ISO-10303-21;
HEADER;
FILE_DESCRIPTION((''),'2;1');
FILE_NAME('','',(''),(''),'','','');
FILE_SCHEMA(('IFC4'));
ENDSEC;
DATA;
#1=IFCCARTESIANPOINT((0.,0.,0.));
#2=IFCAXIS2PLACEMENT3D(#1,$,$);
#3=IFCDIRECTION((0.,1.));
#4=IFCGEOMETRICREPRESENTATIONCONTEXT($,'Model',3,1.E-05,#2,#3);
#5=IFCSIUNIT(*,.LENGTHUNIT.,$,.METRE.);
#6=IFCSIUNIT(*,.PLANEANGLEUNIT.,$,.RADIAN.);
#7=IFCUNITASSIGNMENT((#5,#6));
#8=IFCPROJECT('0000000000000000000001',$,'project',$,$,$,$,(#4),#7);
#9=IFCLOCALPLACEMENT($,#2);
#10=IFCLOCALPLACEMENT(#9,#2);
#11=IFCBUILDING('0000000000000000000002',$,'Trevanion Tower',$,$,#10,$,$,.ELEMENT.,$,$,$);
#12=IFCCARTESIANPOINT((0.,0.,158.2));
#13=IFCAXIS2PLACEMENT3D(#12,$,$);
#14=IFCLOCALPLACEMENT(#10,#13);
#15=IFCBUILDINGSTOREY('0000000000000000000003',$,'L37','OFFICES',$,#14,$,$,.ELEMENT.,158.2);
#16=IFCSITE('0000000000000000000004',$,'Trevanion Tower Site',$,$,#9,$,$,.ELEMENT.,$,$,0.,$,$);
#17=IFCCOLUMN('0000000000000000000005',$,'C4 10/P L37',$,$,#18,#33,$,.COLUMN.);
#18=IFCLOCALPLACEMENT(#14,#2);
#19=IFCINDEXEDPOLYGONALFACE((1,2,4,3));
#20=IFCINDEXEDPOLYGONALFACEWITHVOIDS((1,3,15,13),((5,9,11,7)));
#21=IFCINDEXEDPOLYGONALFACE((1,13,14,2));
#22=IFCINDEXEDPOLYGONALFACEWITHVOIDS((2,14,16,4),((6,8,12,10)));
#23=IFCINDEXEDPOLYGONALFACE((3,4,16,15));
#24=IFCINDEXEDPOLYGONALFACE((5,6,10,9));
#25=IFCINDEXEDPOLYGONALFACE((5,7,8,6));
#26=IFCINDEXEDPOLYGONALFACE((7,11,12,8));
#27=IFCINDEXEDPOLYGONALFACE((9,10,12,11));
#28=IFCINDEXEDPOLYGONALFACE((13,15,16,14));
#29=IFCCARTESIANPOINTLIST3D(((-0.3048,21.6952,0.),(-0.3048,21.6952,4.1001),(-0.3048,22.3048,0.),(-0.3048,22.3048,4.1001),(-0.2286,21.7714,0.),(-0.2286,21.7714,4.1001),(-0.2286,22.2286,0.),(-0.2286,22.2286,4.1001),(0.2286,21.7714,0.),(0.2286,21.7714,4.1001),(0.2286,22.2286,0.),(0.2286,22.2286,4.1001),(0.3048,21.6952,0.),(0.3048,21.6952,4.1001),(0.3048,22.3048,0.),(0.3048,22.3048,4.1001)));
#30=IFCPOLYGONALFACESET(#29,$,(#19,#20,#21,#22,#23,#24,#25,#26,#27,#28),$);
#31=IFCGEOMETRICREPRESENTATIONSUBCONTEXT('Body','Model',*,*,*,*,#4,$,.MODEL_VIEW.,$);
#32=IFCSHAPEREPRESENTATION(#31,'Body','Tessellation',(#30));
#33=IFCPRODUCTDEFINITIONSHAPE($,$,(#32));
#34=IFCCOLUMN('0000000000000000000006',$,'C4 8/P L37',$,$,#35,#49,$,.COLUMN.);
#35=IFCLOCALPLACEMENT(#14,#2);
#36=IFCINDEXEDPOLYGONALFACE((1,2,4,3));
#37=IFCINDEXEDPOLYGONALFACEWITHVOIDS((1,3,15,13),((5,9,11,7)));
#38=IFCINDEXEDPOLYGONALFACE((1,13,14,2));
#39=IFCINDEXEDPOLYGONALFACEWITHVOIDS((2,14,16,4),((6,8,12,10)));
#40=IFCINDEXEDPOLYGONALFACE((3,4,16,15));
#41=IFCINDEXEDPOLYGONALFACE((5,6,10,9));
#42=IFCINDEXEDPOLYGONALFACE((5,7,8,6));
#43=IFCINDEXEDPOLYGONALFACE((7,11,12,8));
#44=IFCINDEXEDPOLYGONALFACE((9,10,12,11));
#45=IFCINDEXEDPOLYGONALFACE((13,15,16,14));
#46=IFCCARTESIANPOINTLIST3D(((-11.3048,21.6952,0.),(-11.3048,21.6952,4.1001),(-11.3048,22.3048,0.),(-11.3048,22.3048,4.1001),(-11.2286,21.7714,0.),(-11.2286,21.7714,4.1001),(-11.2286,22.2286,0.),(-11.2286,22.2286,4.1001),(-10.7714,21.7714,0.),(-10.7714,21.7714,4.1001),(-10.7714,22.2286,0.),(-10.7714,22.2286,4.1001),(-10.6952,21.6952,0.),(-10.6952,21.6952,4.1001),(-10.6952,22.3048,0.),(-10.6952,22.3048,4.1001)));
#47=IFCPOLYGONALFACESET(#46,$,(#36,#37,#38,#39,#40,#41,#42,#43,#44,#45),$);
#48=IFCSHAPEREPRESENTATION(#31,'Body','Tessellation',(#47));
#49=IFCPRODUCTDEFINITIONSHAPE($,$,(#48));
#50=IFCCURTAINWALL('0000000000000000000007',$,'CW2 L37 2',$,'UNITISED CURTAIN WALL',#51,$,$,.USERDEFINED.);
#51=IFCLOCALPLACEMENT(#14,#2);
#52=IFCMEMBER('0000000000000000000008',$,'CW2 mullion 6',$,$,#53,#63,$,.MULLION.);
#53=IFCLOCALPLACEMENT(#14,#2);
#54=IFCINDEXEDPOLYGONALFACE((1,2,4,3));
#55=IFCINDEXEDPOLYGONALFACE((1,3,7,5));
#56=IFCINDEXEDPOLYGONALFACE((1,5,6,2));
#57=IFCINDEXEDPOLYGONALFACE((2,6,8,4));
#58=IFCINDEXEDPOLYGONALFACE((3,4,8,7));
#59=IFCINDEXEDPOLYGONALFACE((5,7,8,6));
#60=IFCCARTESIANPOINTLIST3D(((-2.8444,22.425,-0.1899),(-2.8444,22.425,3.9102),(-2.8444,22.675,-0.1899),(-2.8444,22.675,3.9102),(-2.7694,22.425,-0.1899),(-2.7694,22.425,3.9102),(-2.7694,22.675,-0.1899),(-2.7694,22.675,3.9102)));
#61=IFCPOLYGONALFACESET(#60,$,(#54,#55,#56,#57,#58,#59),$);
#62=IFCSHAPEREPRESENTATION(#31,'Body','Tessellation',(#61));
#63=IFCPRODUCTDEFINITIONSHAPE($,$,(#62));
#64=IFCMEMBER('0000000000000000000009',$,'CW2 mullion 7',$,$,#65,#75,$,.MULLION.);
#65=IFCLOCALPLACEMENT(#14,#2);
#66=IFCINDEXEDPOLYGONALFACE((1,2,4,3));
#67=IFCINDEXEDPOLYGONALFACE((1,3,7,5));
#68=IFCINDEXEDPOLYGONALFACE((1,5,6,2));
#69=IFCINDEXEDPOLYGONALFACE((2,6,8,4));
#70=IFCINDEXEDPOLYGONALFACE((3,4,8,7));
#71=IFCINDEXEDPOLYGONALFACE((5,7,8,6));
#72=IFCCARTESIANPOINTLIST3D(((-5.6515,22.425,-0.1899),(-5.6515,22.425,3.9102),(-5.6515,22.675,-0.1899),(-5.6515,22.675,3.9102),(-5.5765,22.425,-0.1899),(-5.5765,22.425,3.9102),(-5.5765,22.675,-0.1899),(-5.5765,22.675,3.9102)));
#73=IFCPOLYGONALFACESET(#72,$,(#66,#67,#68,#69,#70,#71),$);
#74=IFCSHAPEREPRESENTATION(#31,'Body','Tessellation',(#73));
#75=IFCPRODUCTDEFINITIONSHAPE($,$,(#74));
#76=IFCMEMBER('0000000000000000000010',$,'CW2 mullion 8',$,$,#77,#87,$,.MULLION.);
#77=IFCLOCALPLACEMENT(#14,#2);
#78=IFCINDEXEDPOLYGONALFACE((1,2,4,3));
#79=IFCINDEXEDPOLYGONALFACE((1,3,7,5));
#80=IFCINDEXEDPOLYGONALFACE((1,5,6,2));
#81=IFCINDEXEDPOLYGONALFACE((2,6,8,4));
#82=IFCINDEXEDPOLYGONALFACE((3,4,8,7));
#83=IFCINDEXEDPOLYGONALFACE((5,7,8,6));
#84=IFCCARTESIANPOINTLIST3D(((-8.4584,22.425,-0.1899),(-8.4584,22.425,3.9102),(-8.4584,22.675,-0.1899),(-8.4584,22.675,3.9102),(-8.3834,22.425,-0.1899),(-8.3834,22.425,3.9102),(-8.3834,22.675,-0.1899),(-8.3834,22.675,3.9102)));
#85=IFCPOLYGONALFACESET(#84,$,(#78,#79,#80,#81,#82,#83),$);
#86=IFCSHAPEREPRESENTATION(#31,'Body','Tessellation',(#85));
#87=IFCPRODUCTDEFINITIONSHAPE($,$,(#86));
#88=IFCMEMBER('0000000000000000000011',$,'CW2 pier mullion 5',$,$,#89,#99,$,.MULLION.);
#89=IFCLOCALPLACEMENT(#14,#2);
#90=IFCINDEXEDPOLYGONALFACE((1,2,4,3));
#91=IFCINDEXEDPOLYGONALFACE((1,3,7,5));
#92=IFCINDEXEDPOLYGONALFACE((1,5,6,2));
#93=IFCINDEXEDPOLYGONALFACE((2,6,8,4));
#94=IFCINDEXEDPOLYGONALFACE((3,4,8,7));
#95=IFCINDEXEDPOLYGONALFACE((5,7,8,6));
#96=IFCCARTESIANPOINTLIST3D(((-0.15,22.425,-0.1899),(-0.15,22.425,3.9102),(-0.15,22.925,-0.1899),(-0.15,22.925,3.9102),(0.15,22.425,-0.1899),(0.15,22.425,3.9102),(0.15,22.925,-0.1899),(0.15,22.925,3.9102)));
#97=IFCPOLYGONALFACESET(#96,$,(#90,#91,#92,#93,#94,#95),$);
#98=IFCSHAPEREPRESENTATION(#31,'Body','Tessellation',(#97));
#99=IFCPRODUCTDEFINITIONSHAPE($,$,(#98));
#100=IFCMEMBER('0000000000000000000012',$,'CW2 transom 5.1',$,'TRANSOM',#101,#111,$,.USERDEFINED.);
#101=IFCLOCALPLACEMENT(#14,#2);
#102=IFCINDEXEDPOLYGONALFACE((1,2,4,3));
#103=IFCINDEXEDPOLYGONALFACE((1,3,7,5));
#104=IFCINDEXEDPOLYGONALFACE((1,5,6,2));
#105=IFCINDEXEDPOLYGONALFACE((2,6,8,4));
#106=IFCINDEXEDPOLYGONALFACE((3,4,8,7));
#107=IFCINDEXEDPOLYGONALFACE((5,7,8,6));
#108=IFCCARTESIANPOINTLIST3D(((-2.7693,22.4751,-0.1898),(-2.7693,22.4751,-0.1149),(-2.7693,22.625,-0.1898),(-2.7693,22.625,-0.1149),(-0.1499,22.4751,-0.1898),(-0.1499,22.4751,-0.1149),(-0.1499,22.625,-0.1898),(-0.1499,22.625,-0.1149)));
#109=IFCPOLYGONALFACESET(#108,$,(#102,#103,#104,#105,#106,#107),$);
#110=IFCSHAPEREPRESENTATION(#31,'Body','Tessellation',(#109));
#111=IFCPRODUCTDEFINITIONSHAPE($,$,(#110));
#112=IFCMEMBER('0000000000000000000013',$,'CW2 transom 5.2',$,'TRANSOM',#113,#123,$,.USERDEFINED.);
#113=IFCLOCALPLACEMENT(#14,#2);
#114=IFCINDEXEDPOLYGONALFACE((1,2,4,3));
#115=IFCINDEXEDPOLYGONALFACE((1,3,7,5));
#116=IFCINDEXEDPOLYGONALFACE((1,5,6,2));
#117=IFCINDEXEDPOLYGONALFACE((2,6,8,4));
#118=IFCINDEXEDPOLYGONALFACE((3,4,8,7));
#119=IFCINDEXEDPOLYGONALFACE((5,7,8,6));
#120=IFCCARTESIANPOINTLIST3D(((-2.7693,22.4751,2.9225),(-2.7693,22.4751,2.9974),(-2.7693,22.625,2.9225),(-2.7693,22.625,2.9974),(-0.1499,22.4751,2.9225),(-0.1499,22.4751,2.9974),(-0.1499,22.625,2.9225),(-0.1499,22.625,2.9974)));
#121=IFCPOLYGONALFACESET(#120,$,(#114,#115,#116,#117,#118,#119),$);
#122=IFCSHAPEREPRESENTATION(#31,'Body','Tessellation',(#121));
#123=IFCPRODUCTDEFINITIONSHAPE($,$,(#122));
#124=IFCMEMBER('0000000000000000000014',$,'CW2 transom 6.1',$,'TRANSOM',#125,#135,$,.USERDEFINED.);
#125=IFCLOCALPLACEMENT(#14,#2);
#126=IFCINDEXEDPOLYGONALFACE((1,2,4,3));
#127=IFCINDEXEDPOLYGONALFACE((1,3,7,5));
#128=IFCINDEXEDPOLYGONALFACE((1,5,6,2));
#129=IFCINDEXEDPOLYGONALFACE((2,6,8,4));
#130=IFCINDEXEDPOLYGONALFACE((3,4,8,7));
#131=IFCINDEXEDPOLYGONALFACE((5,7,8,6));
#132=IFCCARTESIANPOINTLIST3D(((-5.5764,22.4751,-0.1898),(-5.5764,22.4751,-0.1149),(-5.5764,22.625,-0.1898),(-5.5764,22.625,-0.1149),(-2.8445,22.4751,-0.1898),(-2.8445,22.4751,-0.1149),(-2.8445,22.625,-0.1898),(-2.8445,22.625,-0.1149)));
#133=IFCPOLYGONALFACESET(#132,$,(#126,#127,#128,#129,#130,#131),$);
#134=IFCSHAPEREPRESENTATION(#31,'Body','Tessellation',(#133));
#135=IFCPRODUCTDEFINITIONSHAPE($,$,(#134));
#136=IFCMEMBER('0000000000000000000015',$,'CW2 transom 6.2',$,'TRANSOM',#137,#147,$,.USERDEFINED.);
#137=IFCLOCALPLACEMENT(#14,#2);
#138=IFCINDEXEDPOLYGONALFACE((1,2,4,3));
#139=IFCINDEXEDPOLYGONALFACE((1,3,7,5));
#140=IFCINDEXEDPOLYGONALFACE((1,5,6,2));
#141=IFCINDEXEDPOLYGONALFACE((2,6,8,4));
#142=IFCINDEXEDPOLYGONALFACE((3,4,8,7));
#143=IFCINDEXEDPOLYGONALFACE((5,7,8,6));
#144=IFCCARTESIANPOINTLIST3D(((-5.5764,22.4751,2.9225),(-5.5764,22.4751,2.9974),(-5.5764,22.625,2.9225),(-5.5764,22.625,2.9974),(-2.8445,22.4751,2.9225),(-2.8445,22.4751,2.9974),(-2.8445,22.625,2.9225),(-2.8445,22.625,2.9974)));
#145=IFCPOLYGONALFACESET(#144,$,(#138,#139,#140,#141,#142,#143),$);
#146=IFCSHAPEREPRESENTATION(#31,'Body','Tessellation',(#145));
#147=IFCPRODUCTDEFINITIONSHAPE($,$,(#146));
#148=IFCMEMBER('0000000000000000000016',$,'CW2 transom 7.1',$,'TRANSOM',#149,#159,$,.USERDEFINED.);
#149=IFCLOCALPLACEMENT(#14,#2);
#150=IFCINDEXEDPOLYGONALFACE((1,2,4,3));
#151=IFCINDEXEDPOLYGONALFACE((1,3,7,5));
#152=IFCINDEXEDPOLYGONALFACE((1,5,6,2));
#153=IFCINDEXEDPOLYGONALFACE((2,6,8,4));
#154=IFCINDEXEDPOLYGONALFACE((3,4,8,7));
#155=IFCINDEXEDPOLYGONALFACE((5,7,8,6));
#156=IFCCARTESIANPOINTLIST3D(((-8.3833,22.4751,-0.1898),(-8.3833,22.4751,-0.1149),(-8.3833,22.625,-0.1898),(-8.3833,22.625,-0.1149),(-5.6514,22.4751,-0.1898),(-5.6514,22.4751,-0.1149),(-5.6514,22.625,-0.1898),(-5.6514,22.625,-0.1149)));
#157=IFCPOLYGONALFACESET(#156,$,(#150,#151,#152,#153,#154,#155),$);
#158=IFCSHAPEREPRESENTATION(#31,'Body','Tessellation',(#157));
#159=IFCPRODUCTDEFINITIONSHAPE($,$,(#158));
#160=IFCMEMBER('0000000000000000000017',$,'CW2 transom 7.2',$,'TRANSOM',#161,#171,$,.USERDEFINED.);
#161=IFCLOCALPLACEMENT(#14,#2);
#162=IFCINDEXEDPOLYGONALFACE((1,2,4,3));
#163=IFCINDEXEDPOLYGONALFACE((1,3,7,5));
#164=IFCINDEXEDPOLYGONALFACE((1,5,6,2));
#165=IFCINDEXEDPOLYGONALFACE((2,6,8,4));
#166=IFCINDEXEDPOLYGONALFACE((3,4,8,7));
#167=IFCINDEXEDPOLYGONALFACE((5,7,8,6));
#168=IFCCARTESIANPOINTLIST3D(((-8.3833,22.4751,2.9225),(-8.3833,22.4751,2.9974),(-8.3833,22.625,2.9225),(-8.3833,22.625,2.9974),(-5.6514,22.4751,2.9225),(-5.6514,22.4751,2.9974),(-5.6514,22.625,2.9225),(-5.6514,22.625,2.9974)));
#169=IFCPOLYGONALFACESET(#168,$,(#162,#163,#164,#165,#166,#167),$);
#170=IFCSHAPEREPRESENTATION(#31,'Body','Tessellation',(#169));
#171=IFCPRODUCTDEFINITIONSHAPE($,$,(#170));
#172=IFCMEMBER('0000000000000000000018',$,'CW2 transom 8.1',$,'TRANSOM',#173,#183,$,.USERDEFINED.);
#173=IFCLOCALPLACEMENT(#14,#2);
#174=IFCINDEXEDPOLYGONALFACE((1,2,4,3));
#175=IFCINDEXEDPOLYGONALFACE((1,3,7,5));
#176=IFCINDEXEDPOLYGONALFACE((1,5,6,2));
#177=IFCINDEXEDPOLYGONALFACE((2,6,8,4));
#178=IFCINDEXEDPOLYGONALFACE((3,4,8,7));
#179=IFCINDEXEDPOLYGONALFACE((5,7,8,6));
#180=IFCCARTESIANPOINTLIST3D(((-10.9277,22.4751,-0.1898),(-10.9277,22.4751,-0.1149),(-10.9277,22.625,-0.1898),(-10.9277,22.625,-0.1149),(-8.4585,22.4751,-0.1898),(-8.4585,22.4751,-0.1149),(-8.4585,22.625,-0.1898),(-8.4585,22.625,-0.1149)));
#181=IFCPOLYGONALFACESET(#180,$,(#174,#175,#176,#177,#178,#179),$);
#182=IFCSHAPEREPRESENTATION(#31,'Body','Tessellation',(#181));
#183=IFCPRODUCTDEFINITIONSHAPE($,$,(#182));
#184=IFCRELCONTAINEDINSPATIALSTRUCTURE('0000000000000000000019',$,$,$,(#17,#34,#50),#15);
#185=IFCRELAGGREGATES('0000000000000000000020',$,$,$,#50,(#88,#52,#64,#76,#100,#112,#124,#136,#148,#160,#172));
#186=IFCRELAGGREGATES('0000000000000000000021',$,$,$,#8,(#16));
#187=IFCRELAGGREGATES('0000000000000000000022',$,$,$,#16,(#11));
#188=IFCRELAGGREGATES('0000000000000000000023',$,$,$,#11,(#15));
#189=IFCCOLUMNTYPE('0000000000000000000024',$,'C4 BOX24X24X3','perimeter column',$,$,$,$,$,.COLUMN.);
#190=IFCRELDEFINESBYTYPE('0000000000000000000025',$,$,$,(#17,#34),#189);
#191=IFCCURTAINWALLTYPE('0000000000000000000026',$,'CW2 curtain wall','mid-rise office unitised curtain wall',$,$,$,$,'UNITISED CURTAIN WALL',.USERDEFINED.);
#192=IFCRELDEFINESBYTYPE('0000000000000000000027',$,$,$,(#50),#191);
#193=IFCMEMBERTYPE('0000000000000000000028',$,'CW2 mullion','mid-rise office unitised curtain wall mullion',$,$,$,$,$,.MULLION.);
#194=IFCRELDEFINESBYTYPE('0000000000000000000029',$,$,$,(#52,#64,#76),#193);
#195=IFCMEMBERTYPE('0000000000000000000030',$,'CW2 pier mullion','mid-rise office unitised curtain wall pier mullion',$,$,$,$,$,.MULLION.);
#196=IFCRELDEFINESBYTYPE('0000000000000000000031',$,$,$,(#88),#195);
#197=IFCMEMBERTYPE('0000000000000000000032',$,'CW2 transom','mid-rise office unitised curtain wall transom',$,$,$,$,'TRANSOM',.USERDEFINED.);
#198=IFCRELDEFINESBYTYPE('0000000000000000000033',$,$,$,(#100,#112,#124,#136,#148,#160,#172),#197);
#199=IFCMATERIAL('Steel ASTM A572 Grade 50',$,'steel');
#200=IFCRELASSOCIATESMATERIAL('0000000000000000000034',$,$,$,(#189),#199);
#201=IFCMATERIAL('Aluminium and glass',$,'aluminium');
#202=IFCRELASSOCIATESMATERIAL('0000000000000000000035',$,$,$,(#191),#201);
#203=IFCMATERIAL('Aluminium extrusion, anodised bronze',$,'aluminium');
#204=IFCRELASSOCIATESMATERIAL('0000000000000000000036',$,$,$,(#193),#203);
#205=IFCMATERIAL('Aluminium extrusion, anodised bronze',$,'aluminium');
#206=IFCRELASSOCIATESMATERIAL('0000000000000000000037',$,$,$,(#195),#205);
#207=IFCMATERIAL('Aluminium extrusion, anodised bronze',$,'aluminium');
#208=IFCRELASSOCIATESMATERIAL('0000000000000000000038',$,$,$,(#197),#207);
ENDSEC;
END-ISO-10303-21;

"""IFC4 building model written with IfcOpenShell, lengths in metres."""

from ifc_helpers import new_model, si_unit, direction, frame, origin, origin_2d, place, context, subcontext, project, spatial, rectangle, hollow_rectangle, extrude, material, material_profile, profile_set, type_object, element, aggregate, save


model = new_model("IFC4")

# Units and contexts
model_context = context("Model", 3, precision=1e-05, world=origin(), true_north=direction((0.0, 1.0)))
body_context = subcontext(model_context, "Body", "Model", "MODEL_VIEW")
ifc_project = project(units=[si_unit("LENGTHUNIT", "METRE"), si_unit("PLANEANGLEUNIT", "RADIAN")], contexts=[model_context])

# Site, building, storey
site_placement = place(None, origin())
site = spatial("IfcSite", under=ifc_project, at=site_placement, Name="Trevanion Tower Site", CompositionType="ELEMENT", RefElevation=0.0)
building_placement = place(site_placement, origin())
building = spatial("IfcBuilding", under=site, at=building_placement, Name="Trevanion Tower", CompositionType="ELEMENT")
storey_placement = place(building_placement, frame((0.0, 0.0, 158.2)))
storey = spatial("IfcBuildingStorey", under=building, at=storey_placement, Name="L37", Description="OFFICES", CompositionType="ELEMENT", Elevation=158.2)

# Columns
ifc_material_1 = material(Name="Steel ASTM A572 Grade 50", Category="steel")
ifc_material_profile_1 = material_profile(ifc_material_1, hollow_rectangle(XDim=0.6096, YDim=0.6096, WallThickness=0.0762, at=origin_2d()), Name="BOX24X24X3")
ifc_profile_set_1 = profile_set([ifc_material_profile_1], Name="Steel ASTM A572 Grade 50")
column_type = type_object("IfcColumnType", Name="C4 BOX24X24X3", Description="perimeter column", PredefinedType="COLUMN", material=ifc_profile_set_1)
for number, where, z_axis, x_axis, name in (
    (1, (0.0, 22.0, 0.0), (0.0, 0.0, 1.0), (1.0, 0.0, 0.0), "C4 10/P L37"),
    (2, (-11.0, 22.0, 0.0), (0.0, 0.0, 1.0), (1.0, 0.0, 0.0), "C4 8/P L37"),
):
    element("IfcColumn", number, at=place(storey_placement, frame(where, z_axis=z_axis, x_axis=x_axis)), inside=storey, type_object=column_type, Name=name, PredefinedType="COLUMN", context=body_context, shape_type="SweptSolid", body=[
        extrude(hollow_rectangle(XDim=0.6096, YDim=0.6096, WallThickness=0.0762, at=origin_2d()), origin(), (0.0, 0.0, 1.0), 4.1001),
    ])

# Curtain wall, members
ifc_material_2 = material(Name="Aluminium and glass", Category="aluminium")
curtain_wall_type = type_object("IfcCurtainWallType", Name="CW2 curtain wall", Description="mid-rise office unitised curtain wall", ElementType="UNITISED CURTAIN WALL", PredefinedType="USERDEFINED", material=ifc_material_2)
curtain_wall_placement = place(storey_placement, origin())
curtain_wall = element("IfcCurtainWall", 3, at=curtain_wall_placement, inside=storey, type_object=curtain_wall_type, Name="CW2 L37 2", ObjectType="UNITISED CURTAIN WALL", PredefinedType="USERDEFINED")
ifc_material_3 = material(Name="Aluminium extrusion, anodised bronze", Category="aluminium")
ifc_material_profile_2 = material_profile(ifc_material_3, rectangle(XDim=0.075, YDim=0.25, at=origin_2d()), Name="CW2 mullion")
ifc_profile_set_2 = profile_set([ifc_material_profile_2], Name="Aluminium extrusion, anodised bronze")
member_type_1 = type_object("IfcMemberType", Name="CW2 mullion", Description="mid-rise office unitised curtain wall mullion", PredefinedType="MULLION", material=ifc_profile_set_2)
member_1_placement = place(storey_placement, frame((-2.8069, 22.55, -0.1899), z_axis=(0.0, 0.0, 1.0), x_axis=(-1.0, 0.0, 0.0)))
member_1 = element("IfcMember", 4, at=member_1_placement, type_object=member_type_1, Name="CW2 mullion 6", PredefinedType="MULLION", context=body_context, shape_type="SweptSolid", body=[
    extrude(rectangle(XDim=0.075, YDim=0.25, at=origin_2d()), origin(), (0.0, 0.0, 1.0), 4.1001),
])
member_2_placement = place(storey_placement, frame((-5.614, 22.55, -0.1899), z_axis=(0.0, 0.0, 1.0), x_axis=(-1.0, 0.0, 0.0)))
member_2 = element("IfcMember", 5, at=member_2_placement, type_object=member_type_1, Name="CW2 mullion 7", PredefinedType="MULLION", context=body_context, shape_type="SweptSolid", body=[
    extrude(rectangle(XDim=0.075, YDim=0.25, at=origin_2d()), origin(), (0.0, 0.0, 1.0), 4.1001),
])
member_3_placement = place(storey_placement, frame((-8.4209, 22.55, -0.1899), z_axis=(0.0, 0.0, 1.0), x_axis=(-1.0, 0.0, 0.0)))
member_3 = element("IfcMember", 6, at=member_3_placement, type_object=member_type_1, Name="CW2 mullion 8", PredefinedType="MULLION", context=body_context, shape_type="SweptSolid", body=[
    extrude(rectangle(XDim=0.075, YDim=0.25, at=origin_2d()), origin(), (0.0, 0.0, 1.0), 4.1001),
])
ifc_material_4 = material(Name="Aluminium extrusion, anodised bronze", Category="aluminium")
ifc_material_profile_3 = material_profile(ifc_material_4, rectangle(XDim=0.3, YDim=0.5, at=origin_2d()), Name="CW2 pier mullion")
ifc_profile_set_3 = profile_set([ifc_material_profile_3], Name="Aluminium extrusion, anodised bronze")
member_type_2 = type_object("IfcMemberType", Name="CW2 pier mullion", Description="mid-rise office unitised curtain wall pier mullion", PredefinedType="MULLION", material=ifc_profile_set_3)
member_4_placement = place(storey_placement, frame((0.0, 22.675, -0.1899), z_axis=(0.0, 0.0, 1.0), x_axis=(-1.0, 0.0, 0.0)))
member_4 = element("IfcMember", 7, at=member_4_placement, type_object=member_type_2, Name="CW2 pier mullion 5", PredefinedType="MULLION", context=body_context, shape_type="SweptSolid", body=[
    extrude(rectangle(XDim=0.3, YDim=0.5, at=origin_2d()), origin(), (0.0, 0.0, 1.0), 4.1001),
])
ifc_material_5 = material(Name="Aluminium extrusion, anodised bronze", Category="aluminium")
ifc_material_profile_4 = material_profile(ifc_material_5, rectangle(XDim=0.1499, YDim=0.075, at=origin_2d()), Name="CW2 transom")
ifc_profile_set_4 = profile_set([ifc_material_profile_4], Name="Aluminium extrusion, anodised bronze")
member_type_3 = type_object("IfcMemberType", Name="CW2 transom", Description="mid-rise office unitised curtain wall transom", ElementType="TRANSOM", PredefinedType="USERDEFINED", material=ifc_profile_set_4)
member_5_placement = place(storey_placement, frame((-0.1499, 22.55, -0.1523), z_axis=(-1.0, 0.0, 0.0), x_axis=(0.0, -1.0, 0.0)))
member_5 = element("IfcMember", 8, at=member_5_placement, type_object=member_type_3, Name="CW2 transom 5.1", ObjectType="TRANSOM", PredefinedType="USERDEFINED", context=body_context, shape_type="SweptSolid", body=[
    extrude(rectangle(XDim=0.1499, YDim=0.075, at=origin_2d()), origin(), (0.0, 0.0, 1.0), 2.6194),
])
member_6_placement = place(storey_placement, frame((-0.1499, 22.55, 2.96), z_axis=(-1.0, 0.0, 0.0), x_axis=(0.0, -1.0, 0.0)))
member_6 = element("IfcMember", 9, at=member_6_placement, type_object=member_type_3, Name="CW2 transom 5.2", ObjectType="TRANSOM", PredefinedType="USERDEFINED", context=body_context, shape_type="SweptSolid", body=[
    extrude(rectangle(XDim=0.1499, YDim=0.075, at=origin_2d()), origin(), (0.0, 0.0, 1.0), 2.6194),
])
member_7_placement = place(storey_placement, frame((-2.8445, 22.55, -0.1523), z_axis=(-1.0, 0.0, 0.0), x_axis=(0.0, -1.0, 0.0)))
member_7 = element("IfcMember", 10, at=member_7_placement, type_object=member_type_3, Name="CW2 transom 6.1", ObjectType="TRANSOM", PredefinedType="USERDEFINED", context=body_context, shape_type="SweptSolid", body=[
    extrude(rectangle(XDim=0.1499, YDim=0.075, at=origin_2d()), origin(), (0.0, 0.0, 1.0), 2.7319),
])
member_8_placement = place(storey_placement, frame((-2.8445, 22.55, 2.96), z_axis=(-1.0, 0.0, 0.0), x_axis=(0.0, -1.0, 0.0)))
member_8 = element("IfcMember", 11, at=member_8_placement, type_object=member_type_3, Name="CW2 transom 6.2", ObjectType="TRANSOM", PredefinedType="USERDEFINED", context=body_context, shape_type="SweptSolid", body=[
    extrude(rectangle(XDim=0.1499, YDim=0.075, at=origin_2d()), origin(), (0.0, 0.0, 1.0), 2.7319),
])
member_9_placement = place(storey_placement, frame((-5.6514, 22.55, -0.1523), z_axis=(-1.0, 0.0, 0.0), x_axis=(0.0, -1.0, 0.0)))
member_9 = element("IfcMember", 12, at=member_9_placement, type_object=member_type_3, Name="CW2 transom 7.1", ObjectType="TRANSOM", PredefinedType="USERDEFINED", context=body_context, shape_type="SweptSolid", body=[
    extrude(rectangle(XDim=0.1499, YDim=0.075, at=origin_2d()), origin(), (0.0, 0.0, 1.0), 2.7319),
])
member_10_placement = place(storey_placement, frame((-5.6514, 22.55, 2.96), z_axis=(-1.0, 0.0, 0.0), x_axis=(0.0, -1.0, 0.0)))
member_10 = element("IfcMember", 13, at=member_10_placement, type_object=member_type_3, Name="CW2 transom 7.2", ObjectType="TRANSOM", PredefinedType="USERDEFINED", context=body_context, shape_type="SweptSolid", body=[
    extrude(rectangle(XDim=0.1499, YDim=0.075, at=origin_2d()), origin(), (0.0, 0.0, 1.0), 2.7319),
])
member_11_placement = place(storey_placement, frame((-8.4585, 22.55, -0.1523), z_axis=(-1.0, 0.0, 0.0), x_axis=(0.0, -1.0, 0.0)))
member_11 = element("IfcMember", 14, at=member_11_placement, type_object=member_type_3, Name="CW2 transom 8.1", ObjectType="TRANSOM", PredefinedType="USERDEFINED", context=body_context, shape_type="SweptSolid", body=[
    extrude(rectangle(XDim=0.1499, YDim=0.075, at=origin_2d()), origin(), (0.0, 0.0, 1.0), 2.4692),
])

aggregate(curtain_wall, [member_4, member_1, member_2, member_3, member_5, member_6, member_7, member_8, member_9, member_10, member_11])

save(model, "model.ifc")
